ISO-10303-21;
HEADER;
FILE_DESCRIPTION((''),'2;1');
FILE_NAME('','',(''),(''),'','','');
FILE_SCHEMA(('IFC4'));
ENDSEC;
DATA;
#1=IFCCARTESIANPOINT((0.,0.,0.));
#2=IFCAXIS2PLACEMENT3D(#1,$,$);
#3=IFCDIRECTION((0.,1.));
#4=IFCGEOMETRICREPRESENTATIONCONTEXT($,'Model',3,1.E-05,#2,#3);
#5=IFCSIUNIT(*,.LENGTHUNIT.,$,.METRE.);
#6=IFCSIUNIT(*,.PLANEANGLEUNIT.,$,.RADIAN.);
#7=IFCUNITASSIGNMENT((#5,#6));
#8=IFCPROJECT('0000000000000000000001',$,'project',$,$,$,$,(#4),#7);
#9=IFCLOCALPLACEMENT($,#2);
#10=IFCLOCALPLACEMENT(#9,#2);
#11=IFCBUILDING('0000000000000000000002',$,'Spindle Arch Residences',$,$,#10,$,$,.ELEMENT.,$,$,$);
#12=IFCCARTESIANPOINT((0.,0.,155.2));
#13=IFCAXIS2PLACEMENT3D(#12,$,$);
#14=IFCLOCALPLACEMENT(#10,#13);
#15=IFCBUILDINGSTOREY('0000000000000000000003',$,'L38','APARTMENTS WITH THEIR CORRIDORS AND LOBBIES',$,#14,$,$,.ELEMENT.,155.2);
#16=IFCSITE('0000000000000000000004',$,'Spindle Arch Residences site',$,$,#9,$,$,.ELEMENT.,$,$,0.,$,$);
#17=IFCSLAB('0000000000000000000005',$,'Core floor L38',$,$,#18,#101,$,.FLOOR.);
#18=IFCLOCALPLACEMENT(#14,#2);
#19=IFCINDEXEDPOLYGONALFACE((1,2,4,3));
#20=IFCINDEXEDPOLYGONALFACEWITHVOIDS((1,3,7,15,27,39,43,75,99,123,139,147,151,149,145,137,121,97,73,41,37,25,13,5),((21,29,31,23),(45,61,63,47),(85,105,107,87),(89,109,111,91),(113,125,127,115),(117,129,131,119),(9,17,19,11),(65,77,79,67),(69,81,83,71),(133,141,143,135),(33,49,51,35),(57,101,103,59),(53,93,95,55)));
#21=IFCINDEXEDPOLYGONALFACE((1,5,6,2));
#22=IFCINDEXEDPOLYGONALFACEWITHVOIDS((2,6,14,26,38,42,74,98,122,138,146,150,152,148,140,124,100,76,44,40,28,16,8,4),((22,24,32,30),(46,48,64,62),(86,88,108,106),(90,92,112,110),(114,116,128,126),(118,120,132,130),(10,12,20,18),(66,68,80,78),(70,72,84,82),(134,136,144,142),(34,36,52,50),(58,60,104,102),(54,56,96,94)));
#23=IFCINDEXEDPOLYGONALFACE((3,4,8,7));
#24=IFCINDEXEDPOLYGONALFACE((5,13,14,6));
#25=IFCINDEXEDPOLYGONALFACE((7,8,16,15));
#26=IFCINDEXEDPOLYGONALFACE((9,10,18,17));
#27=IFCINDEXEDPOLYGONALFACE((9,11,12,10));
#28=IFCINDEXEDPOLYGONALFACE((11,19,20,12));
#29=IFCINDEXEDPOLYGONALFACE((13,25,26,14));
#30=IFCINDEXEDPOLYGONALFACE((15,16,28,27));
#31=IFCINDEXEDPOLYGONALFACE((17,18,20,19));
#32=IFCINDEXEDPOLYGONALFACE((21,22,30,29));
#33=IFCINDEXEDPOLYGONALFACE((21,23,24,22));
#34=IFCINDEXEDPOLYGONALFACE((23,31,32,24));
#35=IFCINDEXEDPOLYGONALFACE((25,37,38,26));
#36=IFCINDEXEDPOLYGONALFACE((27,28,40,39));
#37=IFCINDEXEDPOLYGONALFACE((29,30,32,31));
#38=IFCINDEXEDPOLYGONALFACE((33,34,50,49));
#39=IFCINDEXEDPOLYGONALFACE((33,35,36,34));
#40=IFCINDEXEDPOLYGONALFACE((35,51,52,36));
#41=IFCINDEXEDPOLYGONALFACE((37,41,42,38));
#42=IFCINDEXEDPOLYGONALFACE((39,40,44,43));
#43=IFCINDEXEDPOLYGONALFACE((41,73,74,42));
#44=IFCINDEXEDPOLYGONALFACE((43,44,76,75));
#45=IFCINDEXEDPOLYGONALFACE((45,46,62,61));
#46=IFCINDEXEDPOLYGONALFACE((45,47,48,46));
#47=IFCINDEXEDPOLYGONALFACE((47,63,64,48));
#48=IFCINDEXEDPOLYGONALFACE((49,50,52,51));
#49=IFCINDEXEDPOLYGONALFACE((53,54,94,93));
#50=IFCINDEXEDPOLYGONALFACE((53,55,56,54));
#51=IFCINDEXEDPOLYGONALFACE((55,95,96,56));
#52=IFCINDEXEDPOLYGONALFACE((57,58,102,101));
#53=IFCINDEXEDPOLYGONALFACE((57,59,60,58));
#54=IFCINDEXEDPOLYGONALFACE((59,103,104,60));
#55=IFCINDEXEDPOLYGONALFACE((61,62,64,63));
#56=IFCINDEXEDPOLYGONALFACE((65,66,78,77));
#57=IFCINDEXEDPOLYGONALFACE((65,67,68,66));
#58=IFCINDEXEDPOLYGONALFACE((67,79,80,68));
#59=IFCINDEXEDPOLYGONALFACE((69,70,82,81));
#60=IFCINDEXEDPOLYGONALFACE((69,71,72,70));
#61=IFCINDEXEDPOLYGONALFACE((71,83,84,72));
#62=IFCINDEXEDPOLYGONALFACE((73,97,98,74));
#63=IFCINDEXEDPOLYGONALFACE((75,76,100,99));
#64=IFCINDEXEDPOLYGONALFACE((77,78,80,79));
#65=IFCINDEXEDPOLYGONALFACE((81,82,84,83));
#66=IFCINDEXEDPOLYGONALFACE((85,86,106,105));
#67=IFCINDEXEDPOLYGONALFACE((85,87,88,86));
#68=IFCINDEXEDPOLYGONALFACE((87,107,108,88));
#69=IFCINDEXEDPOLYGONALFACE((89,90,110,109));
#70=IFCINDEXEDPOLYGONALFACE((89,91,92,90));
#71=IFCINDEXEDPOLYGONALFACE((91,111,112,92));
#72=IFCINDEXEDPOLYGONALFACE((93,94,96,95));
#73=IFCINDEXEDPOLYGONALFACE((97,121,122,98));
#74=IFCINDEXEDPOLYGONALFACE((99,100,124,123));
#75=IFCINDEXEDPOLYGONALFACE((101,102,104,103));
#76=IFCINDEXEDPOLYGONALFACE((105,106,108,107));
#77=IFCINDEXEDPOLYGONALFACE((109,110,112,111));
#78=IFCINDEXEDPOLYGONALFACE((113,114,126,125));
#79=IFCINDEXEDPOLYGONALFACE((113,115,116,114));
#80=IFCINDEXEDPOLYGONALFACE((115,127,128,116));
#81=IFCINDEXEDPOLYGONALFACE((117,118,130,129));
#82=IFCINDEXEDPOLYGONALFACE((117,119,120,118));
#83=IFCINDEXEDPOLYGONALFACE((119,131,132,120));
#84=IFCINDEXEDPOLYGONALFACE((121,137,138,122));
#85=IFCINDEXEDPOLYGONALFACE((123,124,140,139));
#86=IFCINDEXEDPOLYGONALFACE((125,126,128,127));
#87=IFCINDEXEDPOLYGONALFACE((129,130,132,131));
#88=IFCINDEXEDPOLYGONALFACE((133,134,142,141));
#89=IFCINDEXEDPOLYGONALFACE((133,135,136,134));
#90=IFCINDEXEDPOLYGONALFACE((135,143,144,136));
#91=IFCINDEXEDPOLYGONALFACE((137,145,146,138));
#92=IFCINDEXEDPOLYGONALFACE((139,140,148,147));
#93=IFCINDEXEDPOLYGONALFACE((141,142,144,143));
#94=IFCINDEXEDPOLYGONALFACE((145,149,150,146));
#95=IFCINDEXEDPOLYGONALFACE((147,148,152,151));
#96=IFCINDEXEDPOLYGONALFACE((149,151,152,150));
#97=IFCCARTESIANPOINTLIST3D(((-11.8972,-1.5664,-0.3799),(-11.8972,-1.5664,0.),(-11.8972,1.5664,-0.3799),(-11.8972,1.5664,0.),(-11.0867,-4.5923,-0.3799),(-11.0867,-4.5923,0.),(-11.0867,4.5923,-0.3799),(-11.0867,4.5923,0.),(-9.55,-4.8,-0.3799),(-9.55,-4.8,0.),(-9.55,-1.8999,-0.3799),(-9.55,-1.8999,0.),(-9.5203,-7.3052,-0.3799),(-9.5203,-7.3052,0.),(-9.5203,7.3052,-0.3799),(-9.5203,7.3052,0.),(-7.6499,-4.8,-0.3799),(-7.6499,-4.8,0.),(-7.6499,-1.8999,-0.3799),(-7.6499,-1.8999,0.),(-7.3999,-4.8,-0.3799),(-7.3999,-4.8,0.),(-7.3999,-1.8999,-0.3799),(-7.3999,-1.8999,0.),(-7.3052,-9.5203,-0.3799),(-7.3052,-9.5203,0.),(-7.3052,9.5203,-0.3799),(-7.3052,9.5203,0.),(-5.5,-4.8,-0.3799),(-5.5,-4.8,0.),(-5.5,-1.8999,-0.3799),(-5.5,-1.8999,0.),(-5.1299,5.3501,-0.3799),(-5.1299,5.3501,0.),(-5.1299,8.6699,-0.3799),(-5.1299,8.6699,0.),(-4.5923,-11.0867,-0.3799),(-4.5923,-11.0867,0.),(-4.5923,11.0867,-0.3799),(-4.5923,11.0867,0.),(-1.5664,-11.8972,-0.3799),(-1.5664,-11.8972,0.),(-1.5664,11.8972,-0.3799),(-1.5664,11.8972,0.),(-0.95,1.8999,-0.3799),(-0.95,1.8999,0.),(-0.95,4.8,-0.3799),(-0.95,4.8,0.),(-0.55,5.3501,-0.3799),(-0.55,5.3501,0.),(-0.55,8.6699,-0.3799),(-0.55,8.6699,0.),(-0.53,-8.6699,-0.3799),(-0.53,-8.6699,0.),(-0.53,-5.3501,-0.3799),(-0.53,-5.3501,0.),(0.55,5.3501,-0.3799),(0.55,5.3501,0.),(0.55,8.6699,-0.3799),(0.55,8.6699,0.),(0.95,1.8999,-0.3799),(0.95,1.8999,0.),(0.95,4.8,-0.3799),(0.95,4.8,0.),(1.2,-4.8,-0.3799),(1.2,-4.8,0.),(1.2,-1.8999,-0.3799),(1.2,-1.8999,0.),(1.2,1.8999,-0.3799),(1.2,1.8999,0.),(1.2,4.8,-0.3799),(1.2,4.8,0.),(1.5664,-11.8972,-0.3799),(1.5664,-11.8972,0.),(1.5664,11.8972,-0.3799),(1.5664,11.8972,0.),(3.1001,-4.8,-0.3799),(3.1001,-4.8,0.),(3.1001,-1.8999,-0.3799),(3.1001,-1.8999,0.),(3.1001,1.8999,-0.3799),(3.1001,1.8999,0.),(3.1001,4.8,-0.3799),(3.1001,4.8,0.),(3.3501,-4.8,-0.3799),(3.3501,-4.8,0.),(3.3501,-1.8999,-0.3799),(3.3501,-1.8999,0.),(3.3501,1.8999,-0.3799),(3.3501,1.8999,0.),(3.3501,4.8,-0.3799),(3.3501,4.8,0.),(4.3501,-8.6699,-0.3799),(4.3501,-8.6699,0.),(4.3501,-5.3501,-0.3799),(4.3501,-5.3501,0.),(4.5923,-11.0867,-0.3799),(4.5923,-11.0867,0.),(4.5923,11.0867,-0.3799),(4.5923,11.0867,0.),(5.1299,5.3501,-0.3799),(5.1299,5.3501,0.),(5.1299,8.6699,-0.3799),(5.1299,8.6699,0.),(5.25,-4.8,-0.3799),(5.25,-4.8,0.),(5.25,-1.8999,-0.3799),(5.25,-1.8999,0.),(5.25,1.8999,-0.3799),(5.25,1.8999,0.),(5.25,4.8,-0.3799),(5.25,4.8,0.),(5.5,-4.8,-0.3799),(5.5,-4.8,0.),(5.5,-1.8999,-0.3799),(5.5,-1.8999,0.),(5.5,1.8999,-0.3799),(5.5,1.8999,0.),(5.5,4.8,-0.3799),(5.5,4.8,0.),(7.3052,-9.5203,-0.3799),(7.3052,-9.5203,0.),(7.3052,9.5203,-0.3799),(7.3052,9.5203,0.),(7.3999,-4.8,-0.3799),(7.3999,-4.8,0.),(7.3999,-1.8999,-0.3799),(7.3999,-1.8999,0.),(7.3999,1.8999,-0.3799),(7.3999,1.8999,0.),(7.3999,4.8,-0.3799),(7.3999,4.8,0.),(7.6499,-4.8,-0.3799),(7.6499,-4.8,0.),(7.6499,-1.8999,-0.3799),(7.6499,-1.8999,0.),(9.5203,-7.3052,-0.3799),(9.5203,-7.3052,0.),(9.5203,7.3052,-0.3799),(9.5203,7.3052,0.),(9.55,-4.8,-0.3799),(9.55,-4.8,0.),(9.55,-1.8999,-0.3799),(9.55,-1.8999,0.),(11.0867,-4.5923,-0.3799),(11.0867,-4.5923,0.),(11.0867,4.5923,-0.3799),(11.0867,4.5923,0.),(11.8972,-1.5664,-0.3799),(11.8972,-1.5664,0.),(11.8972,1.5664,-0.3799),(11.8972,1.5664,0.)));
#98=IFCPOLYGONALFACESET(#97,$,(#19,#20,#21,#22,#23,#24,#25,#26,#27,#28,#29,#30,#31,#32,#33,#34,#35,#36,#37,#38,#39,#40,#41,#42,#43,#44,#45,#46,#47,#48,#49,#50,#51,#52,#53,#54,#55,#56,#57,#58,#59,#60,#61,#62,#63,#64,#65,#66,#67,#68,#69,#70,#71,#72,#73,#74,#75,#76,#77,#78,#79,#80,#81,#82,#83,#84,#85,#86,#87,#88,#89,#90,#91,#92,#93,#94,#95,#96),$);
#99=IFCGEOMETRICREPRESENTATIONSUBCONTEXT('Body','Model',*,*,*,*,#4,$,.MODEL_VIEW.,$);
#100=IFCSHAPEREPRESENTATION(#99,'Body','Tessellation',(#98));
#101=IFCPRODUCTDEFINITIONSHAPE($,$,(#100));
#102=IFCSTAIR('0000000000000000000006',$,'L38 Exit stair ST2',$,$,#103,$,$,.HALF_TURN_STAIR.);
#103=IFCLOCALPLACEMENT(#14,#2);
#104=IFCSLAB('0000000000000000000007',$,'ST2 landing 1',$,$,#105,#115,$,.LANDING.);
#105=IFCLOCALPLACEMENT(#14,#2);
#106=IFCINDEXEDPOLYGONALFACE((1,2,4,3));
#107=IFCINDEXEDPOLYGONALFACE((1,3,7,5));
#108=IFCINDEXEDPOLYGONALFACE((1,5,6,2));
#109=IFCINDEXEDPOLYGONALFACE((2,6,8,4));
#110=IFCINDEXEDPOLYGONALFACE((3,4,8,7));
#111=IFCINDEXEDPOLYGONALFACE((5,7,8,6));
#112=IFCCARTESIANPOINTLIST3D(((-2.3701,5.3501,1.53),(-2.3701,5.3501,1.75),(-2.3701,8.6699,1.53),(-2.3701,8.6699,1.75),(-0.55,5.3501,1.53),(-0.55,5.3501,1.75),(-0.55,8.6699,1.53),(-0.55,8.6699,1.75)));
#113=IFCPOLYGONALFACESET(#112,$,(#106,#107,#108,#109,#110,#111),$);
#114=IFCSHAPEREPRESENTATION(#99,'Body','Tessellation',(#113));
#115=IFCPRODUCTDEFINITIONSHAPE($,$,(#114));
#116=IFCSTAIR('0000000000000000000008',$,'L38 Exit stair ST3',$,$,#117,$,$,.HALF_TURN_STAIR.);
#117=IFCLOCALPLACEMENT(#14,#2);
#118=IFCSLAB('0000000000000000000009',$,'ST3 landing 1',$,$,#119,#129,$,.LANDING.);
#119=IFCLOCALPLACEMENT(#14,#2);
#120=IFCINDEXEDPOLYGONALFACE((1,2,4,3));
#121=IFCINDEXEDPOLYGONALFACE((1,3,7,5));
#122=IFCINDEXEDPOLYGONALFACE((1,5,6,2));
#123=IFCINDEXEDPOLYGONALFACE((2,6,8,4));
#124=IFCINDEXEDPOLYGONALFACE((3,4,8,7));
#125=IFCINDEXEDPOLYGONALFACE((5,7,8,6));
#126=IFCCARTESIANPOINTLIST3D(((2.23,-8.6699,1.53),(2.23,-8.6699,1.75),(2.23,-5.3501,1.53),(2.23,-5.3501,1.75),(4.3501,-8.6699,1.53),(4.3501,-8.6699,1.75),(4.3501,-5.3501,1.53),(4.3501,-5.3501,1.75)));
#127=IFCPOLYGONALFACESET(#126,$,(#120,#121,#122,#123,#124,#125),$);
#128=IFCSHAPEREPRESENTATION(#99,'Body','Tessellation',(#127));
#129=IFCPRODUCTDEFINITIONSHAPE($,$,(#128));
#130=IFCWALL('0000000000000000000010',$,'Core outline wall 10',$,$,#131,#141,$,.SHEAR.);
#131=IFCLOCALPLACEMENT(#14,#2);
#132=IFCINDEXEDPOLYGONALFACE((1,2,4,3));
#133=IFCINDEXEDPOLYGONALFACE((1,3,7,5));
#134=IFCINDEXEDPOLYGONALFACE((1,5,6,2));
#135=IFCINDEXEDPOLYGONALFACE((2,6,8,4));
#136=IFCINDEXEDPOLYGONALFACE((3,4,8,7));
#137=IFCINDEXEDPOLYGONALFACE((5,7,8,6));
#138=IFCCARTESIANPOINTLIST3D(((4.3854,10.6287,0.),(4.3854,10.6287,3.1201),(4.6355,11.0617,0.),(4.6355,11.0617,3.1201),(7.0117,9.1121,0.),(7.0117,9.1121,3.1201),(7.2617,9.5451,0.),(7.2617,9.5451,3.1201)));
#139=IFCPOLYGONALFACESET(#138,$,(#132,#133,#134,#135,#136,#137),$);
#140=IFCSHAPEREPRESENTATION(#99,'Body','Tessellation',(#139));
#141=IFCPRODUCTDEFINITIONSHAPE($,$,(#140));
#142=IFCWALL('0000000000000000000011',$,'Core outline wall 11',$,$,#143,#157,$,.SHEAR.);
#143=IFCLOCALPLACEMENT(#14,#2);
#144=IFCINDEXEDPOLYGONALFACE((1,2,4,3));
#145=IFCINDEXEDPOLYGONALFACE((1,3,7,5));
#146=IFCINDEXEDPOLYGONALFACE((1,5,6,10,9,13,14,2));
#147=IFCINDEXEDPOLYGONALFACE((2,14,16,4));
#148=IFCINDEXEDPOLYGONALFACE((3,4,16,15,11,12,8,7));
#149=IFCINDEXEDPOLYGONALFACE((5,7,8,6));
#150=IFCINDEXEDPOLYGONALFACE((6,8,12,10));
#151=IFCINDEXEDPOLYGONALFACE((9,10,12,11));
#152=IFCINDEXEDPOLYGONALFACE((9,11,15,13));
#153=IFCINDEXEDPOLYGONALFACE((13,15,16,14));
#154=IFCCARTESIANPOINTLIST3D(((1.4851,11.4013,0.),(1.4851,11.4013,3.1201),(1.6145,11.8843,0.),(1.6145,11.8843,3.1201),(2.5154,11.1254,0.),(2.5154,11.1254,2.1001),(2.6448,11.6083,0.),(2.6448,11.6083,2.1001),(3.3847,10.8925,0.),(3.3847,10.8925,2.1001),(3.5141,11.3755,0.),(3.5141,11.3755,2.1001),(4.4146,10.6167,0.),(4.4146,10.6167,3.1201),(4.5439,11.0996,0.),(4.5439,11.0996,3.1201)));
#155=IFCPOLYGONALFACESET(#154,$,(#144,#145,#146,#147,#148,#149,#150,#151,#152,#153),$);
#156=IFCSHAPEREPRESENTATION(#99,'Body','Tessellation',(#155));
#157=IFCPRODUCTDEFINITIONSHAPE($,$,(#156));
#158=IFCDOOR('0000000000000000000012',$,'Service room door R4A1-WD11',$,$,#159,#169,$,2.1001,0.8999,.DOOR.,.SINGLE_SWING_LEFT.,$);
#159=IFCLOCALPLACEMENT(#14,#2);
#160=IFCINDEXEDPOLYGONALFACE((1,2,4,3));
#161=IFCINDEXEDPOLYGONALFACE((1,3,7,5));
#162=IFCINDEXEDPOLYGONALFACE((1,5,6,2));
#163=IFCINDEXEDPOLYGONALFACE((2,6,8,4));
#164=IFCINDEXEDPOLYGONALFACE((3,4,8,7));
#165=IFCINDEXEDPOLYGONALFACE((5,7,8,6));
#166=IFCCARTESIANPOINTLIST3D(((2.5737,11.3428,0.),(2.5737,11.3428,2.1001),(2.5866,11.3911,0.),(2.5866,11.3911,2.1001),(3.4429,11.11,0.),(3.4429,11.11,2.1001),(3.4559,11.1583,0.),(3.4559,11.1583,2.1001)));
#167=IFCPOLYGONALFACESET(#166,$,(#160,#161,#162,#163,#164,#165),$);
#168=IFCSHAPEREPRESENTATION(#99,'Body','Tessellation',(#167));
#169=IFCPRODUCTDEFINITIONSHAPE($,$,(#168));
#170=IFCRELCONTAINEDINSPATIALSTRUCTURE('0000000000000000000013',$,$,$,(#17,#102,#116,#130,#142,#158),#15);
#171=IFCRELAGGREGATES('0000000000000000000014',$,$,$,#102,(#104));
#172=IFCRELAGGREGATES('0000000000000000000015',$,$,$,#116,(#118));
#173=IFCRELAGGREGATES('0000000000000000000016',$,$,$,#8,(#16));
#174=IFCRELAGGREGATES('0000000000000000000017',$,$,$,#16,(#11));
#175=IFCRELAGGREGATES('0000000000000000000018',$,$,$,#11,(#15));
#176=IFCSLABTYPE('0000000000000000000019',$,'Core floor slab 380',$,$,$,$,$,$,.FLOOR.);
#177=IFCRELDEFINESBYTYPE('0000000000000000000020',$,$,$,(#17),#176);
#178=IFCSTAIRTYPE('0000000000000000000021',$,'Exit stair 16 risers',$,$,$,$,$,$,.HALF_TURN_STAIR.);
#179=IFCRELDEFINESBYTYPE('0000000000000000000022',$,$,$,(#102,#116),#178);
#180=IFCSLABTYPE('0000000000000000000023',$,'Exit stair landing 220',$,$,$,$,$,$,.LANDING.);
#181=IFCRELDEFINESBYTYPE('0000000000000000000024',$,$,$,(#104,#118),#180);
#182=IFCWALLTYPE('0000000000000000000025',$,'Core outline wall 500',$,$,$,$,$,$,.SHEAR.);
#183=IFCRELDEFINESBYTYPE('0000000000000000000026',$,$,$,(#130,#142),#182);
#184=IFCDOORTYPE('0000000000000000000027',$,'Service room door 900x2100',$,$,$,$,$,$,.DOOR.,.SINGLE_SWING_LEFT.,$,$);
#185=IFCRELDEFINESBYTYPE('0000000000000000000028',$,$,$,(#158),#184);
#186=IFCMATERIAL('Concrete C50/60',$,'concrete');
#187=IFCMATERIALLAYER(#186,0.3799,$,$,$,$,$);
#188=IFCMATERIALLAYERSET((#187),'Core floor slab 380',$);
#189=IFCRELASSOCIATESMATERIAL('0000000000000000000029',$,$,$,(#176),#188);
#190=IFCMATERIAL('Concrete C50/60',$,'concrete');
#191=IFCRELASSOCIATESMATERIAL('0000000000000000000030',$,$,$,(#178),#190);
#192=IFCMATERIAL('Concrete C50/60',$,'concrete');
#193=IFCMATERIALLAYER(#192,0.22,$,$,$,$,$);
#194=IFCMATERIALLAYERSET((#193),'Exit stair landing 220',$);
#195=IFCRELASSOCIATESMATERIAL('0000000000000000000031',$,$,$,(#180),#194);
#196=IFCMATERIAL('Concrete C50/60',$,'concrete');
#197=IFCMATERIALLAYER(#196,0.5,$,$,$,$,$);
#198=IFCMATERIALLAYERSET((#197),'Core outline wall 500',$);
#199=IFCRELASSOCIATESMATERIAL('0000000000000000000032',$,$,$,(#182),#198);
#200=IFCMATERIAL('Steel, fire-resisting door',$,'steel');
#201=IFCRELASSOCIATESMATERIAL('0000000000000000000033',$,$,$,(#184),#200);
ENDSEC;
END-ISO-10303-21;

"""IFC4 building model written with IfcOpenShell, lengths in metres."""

from ifc_helpers import new_model, si_unit, direction, frame, frame_2d, origin, place, context, subcontext, project, spatial, polyline, rectangle, outline, extrude, material, layer, layer_set, type_object, element, fill, aggregate, save


model = new_model("IFC4")

# Units and contexts
model_context = context("Model", 3, precision=1e-05, world=origin(), true_north=direction((0.0, 1.0)))
body_context = subcontext(model_context, "Body", "Model", "MODEL_VIEW")
ifc_project = project(units=[si_unit("LENGTHUNIT", "METRE"), si_unit("PLANEANGLEUNIT", "RADIAN")], contexts=[model_context])

# Site, building, storey
site_placement = place(None, origin())
site = spatial("IfcSite", under=ifc_project, at=site_placement, Name="Spindle Arch Residences site", CompositionType="ELEMENT", RefElevation=0.0)
building_placement = place(site_placement, origin())
building = spatial("IfcBuilding", under=site, at=building_placement, Name="Spindle Arch Residences", CompositionType="ELEMENT")
storey_placement = place(building_placement, frame((0.0, 0.0, 155.2)))
storey = spatial("IfcBuildingStorey", under=building, at=storey_placement, Name="L38", Description="APARTMENTS WITH THEIR CORRIDORS AND LOBBIES", CompositionType="ELEMENT", Elevation=155.2)

# Slab
ifc_material_1 = material(Name="Concrete C50/60", Category="concrete")
ifc_layer_1 = layer(ifc_material_1, 0.3799)
ifc_layer_set_1 = layer_set([ifc_layer_1], Name="Core floor slab 380")
slab_type_1 = type_object("IfcSlabType", Name="Core floor slab 380", PredefinedType="FLOOR", material=ifc_layer_set_1)
slab_1_placement = place(storey_placement, frame((0.0, 0.0, -0.3799)))
element("IfcSlab", 1, at=slab_1_placement, inside=storey, type_object=slab_type_1, Name="Core floor L38", PredefinedType="FLOOR", context=body_context, shape_type="SweptSolid", body=[
    extrude(outline(polyline([(1.5664, -11.8972), (4.5923, -11.0867), (7.3052, -9.5203), (9.5203, -7.3052), (11.0867, -4.5923), (11.8972, -1.5664), (11.8972, 1.5664), (11.0867, 4.5923), (9.5203, 7.3052), (7.3052, 9.5203), (4.5923, 11.0867), (1.5664, 11.8972), (-1.5664, 11.8972), (-4.5923, 11.0867), (-7.3052, 9.5203), (-9.5203, 7.3052), (-11.0867, 4.5923), (-11.8972, 1.5664), (-11.8972, -1.5664), (-11.0867, -4.5923), (-9.5203, -7.3052), (-7.3052, -9.5203), (-4.5923, -11.0867), (-1.5664, -11.8972), (1.5664, -11.8972)]), holes=[polyline([(-0.95, 1.8999), (0.95, 1.8999), (0.95, 4.8), (-0.95, 4.8), (-0.95, 1.8999)]), polyline([(1.2, 1.8999), (3.1001, 1.8999), (3.1001, 4.8), (1.2, 4.8), (1.2, 1.8999)]), polyline([(3.3501, 1.8999), (5.25, 1.8999), (5.25, 4.8), (3.3501, 4.8), (3.3501, 1.8999)]), polyline([(5.5, 1.8999), (7.3999, 1.8999), (7.3999, 4.8), (5.5, 4.8), (5.5, 1.8999)]), polyline([(-9.55, -4.8), (-7.6499, -4.8), (-7.6499, -1.8999), (-9.55, -1.8999), (-9.55, -4.8)]), polyline([(-7.3999, -4.8), (-5.5, -4.8), (-5.5, -1.8999), (-7.3999, -1.8999), (-7.3999, -4.8)]), polyline([(1.2, -4.8), (3.1001, -4.8), (3.1001, -1.8999), (1.2, -1.8999), (1.2, -4.8)]), polyline([(3.3501, -4.8), (5.25, -4.8), (5.25, -1.8999), (3.3501, -1.8999), (3.3501, -4.8)]), polyline([(5.5, -4.8), (7.3999, -4.8), (7.3999, -1.8999), (5.5, -1.8999), (5.5, -4.8)]), polyline([(7.6499, -4.8), (9.55, -4.8), (9.55, -1.8999), (7.6499, -1.8999), (7.6499, -4.8)]), polyline([(5.1299, 8.6699), (0.55, 8.6699), (0.55, 5.3501), (5.1299, 5.3501), (5.1299, 8.6699)]), polyline([(-5.1299, 5.3501), (-0.55, 5.3501), (-0.55, 8.6699), (-5.1299, 8.6699), (-5.1299, 5.3501)]), polyline([(-0.53, -8.6699), (4.3501, -8.6699), (4.3501, -5.3501), (-0.53, -5.3501), (-0.53, -8.6699)])]), origin(), (0.0, 0.0, 1.0), 0.3799),
])

# Stairs, slabs
ifc_material_2 = material(Name="Concrete C50/60", Category="concrete")
stair_type = type_object("IfcStairType", Name="Exit stair 16 risers", PredefinedType="HALF_TURN_STAIR", material=ifc_material_2)
stair_1_placement = place(storey_placement, origin())
stair_1 = element("IfcStair", 2, at=stair_1_placement, inside=storey, type_object=stair_type, Name="L38 Exit stair ST2", PredefinedType="HALF_TURN_STAIR")
ifc_material_3 = material(Name="Concrete C50/60", Category="concrete")
ifc_layer_2 = layer(ifc_material_3, 0.22)
ifc_layer_set_2 = layer_set([ifc_layer_2], Name="Exit stair landing 220")
slab_type_2 = type_object("IfcSlabType", Name="Exit stair landing 220", PredefinedType="LANDING", material=ifc_layer_set_2)
slab_2_placement = place(storey_placement, frame((0.0, 0.0, 1.53)))
slab_2 = element("IfcSlab", 3, at=slab_2_placement, type_object=slab_type_2, Name="ST2 landing 1", PredefinedType="LANDING", context=body_context, shape_type="SweptSolid", body=[
    extrude(outline(polyline([(-2.3701, 5.3501), (-0.55, 5.3501), (-0.55, 8.6699), (-2.3701, 8.6699), (-2.3701, 5.3501)])), origin(), (0.0, 0.0, 1.0), 0.22),
])
aggregate(stair_1, [slab_2])
stair_2_placement = place(storey_placement, origin())
stair_2 = element("IfcStair", 4, at=stair_2_placement, inside=storey, type_object=stair_type, Name="L38 Exit stair ST3", PredefinedType="HALF_TURN_STAIR")
slab_3_placement = place(storey_placement, frame((0.0, 0.0, 1.53)))
slab_3 = element("IfcSlab", 5, at=slab_3_placement, type_object=slab_type_2, Name="ST3 landing 1", PredefinedType="LANDING", context=body_context, shape_type="SweptSolid", body=[
    extrude(outline(polyline([(2.23, -8.6699), (4.3501, -8.6699), (4.3501, -5.3501), (2.23, -5.3501), (2.23, -8.6699)])), origin(), (0.0, 0.0, 1.0), 0.22),
])
aggregate(stair_2, [slab_3])

# Wall
ifc_material_4 = material(Name="Concrete C50/60", Category="concrete")
ifc_layer_3 = layer(ifc_material_4, 0.5)
ifc_layer_set_3 = layer_set([ifc_layer_3], Name="Core outline wall 500")
wall_type_1 = type_object("IfcWallType", Name="Core outline wall 500", PredefinedType="SHEAR", material=ifc_layer_set_3)
wall_1_placement = place(storey_placement, frame((7.1367, 9.3286, 0.0), z_axis=(0.0, 0.0, 1.0), x_axis=(-0.865975, 0.500087, 0.0)))
element("IfcWall", 6, at=wall_1_placement, inside=storey, type_object=wall_type_1, Name="Core outline wall 10", PredefinedType="SHEAR", context=body_context, shape_type="SweptSolid", body=[
    extrude(rectangle(XDim=3.0327, YDim=0.5, at=frame_2d((1.5164, 0.0))), origin(), (0.0, 0.0, 1.0), 3.1201),
])

# Wall, opening, door
wall_2_placement = place(storey_placement, frame((4.4792, 10.8582, 0.0), z_axis=(0.0, 0.0, 1.0), x_axis=(-0.965948, 0.258735, 0.0)))
wall_2 = element("IfcWall", 7, at=wall_2_placement, inside=storey, type_object=wall_type_1, Name="Core outline wall 11", PredefinedType="SHEAR", context=body_context, shape_type="SweptSolid", body=[
    extrude(rectangle(XDim=3.0327, YDim=0.5, at=frame_2d((1.5164, 0.0))), origin(), (0.0, 0.0, 1.0), 3.1201),
])
opening_1_placement = place(wall_2_placement, frame((1.0662, 0.0, 0.0)))
opening_1 = element("IfcOpeningElement", 8, at=opening_1_placement, cuts=wall_2, PredefinedType="OPENING", context=body_context, shape_type="SweptSolid", body=[
    extrude(rectangle(XDim=0.8999, YDim=2.1001, at=frame_2d((0.45, 1.05))), frame((0.0, 0.26, 0.0), z_axis=(0.0, -1.0, 0.0), x_axis=(1.0, 0.0, 0.0)), (0.0, 0.0, 1.0), 0.52),
])
ifc_material_5 = material(Name="Steel, fire-resisting door", Category="steel")
door_type_1 = type_object("IfcDoorType", Name="Service room door 900x2100", OperationType="SINGLE_SWING_LEFT", PredefinedType="DOOR", material=ifc_material_5)
door_1_placement = place(opening_1_placement, origin())
door_1 = element("IfcDoor", 9, at=door_1_placement, inside=storey, type_object=door_type_1, Name="Service room door R4A1-WD11", OperationType="SINGLE_SWING_LEFT", OverallHeight=2.1001, OverallWidth=0.8999, PredefinedType="DOOR", context=body_context, shape_type="SweptSolid", body=[
    extrude(rectangle(XDim=0.8999, YDim=2.1001, at=frame_2d((0.45, 1.05))), frame((0.0, 0.0249, 0.0), z_axis=(0.0, -1.0, 0.0), x_axis=(1.0, 0.0, 0.0)), (0.0, 0.0, 1.0), 0.05),
])
fill(opening_1, door_1)

save(model, "model.ifc")
